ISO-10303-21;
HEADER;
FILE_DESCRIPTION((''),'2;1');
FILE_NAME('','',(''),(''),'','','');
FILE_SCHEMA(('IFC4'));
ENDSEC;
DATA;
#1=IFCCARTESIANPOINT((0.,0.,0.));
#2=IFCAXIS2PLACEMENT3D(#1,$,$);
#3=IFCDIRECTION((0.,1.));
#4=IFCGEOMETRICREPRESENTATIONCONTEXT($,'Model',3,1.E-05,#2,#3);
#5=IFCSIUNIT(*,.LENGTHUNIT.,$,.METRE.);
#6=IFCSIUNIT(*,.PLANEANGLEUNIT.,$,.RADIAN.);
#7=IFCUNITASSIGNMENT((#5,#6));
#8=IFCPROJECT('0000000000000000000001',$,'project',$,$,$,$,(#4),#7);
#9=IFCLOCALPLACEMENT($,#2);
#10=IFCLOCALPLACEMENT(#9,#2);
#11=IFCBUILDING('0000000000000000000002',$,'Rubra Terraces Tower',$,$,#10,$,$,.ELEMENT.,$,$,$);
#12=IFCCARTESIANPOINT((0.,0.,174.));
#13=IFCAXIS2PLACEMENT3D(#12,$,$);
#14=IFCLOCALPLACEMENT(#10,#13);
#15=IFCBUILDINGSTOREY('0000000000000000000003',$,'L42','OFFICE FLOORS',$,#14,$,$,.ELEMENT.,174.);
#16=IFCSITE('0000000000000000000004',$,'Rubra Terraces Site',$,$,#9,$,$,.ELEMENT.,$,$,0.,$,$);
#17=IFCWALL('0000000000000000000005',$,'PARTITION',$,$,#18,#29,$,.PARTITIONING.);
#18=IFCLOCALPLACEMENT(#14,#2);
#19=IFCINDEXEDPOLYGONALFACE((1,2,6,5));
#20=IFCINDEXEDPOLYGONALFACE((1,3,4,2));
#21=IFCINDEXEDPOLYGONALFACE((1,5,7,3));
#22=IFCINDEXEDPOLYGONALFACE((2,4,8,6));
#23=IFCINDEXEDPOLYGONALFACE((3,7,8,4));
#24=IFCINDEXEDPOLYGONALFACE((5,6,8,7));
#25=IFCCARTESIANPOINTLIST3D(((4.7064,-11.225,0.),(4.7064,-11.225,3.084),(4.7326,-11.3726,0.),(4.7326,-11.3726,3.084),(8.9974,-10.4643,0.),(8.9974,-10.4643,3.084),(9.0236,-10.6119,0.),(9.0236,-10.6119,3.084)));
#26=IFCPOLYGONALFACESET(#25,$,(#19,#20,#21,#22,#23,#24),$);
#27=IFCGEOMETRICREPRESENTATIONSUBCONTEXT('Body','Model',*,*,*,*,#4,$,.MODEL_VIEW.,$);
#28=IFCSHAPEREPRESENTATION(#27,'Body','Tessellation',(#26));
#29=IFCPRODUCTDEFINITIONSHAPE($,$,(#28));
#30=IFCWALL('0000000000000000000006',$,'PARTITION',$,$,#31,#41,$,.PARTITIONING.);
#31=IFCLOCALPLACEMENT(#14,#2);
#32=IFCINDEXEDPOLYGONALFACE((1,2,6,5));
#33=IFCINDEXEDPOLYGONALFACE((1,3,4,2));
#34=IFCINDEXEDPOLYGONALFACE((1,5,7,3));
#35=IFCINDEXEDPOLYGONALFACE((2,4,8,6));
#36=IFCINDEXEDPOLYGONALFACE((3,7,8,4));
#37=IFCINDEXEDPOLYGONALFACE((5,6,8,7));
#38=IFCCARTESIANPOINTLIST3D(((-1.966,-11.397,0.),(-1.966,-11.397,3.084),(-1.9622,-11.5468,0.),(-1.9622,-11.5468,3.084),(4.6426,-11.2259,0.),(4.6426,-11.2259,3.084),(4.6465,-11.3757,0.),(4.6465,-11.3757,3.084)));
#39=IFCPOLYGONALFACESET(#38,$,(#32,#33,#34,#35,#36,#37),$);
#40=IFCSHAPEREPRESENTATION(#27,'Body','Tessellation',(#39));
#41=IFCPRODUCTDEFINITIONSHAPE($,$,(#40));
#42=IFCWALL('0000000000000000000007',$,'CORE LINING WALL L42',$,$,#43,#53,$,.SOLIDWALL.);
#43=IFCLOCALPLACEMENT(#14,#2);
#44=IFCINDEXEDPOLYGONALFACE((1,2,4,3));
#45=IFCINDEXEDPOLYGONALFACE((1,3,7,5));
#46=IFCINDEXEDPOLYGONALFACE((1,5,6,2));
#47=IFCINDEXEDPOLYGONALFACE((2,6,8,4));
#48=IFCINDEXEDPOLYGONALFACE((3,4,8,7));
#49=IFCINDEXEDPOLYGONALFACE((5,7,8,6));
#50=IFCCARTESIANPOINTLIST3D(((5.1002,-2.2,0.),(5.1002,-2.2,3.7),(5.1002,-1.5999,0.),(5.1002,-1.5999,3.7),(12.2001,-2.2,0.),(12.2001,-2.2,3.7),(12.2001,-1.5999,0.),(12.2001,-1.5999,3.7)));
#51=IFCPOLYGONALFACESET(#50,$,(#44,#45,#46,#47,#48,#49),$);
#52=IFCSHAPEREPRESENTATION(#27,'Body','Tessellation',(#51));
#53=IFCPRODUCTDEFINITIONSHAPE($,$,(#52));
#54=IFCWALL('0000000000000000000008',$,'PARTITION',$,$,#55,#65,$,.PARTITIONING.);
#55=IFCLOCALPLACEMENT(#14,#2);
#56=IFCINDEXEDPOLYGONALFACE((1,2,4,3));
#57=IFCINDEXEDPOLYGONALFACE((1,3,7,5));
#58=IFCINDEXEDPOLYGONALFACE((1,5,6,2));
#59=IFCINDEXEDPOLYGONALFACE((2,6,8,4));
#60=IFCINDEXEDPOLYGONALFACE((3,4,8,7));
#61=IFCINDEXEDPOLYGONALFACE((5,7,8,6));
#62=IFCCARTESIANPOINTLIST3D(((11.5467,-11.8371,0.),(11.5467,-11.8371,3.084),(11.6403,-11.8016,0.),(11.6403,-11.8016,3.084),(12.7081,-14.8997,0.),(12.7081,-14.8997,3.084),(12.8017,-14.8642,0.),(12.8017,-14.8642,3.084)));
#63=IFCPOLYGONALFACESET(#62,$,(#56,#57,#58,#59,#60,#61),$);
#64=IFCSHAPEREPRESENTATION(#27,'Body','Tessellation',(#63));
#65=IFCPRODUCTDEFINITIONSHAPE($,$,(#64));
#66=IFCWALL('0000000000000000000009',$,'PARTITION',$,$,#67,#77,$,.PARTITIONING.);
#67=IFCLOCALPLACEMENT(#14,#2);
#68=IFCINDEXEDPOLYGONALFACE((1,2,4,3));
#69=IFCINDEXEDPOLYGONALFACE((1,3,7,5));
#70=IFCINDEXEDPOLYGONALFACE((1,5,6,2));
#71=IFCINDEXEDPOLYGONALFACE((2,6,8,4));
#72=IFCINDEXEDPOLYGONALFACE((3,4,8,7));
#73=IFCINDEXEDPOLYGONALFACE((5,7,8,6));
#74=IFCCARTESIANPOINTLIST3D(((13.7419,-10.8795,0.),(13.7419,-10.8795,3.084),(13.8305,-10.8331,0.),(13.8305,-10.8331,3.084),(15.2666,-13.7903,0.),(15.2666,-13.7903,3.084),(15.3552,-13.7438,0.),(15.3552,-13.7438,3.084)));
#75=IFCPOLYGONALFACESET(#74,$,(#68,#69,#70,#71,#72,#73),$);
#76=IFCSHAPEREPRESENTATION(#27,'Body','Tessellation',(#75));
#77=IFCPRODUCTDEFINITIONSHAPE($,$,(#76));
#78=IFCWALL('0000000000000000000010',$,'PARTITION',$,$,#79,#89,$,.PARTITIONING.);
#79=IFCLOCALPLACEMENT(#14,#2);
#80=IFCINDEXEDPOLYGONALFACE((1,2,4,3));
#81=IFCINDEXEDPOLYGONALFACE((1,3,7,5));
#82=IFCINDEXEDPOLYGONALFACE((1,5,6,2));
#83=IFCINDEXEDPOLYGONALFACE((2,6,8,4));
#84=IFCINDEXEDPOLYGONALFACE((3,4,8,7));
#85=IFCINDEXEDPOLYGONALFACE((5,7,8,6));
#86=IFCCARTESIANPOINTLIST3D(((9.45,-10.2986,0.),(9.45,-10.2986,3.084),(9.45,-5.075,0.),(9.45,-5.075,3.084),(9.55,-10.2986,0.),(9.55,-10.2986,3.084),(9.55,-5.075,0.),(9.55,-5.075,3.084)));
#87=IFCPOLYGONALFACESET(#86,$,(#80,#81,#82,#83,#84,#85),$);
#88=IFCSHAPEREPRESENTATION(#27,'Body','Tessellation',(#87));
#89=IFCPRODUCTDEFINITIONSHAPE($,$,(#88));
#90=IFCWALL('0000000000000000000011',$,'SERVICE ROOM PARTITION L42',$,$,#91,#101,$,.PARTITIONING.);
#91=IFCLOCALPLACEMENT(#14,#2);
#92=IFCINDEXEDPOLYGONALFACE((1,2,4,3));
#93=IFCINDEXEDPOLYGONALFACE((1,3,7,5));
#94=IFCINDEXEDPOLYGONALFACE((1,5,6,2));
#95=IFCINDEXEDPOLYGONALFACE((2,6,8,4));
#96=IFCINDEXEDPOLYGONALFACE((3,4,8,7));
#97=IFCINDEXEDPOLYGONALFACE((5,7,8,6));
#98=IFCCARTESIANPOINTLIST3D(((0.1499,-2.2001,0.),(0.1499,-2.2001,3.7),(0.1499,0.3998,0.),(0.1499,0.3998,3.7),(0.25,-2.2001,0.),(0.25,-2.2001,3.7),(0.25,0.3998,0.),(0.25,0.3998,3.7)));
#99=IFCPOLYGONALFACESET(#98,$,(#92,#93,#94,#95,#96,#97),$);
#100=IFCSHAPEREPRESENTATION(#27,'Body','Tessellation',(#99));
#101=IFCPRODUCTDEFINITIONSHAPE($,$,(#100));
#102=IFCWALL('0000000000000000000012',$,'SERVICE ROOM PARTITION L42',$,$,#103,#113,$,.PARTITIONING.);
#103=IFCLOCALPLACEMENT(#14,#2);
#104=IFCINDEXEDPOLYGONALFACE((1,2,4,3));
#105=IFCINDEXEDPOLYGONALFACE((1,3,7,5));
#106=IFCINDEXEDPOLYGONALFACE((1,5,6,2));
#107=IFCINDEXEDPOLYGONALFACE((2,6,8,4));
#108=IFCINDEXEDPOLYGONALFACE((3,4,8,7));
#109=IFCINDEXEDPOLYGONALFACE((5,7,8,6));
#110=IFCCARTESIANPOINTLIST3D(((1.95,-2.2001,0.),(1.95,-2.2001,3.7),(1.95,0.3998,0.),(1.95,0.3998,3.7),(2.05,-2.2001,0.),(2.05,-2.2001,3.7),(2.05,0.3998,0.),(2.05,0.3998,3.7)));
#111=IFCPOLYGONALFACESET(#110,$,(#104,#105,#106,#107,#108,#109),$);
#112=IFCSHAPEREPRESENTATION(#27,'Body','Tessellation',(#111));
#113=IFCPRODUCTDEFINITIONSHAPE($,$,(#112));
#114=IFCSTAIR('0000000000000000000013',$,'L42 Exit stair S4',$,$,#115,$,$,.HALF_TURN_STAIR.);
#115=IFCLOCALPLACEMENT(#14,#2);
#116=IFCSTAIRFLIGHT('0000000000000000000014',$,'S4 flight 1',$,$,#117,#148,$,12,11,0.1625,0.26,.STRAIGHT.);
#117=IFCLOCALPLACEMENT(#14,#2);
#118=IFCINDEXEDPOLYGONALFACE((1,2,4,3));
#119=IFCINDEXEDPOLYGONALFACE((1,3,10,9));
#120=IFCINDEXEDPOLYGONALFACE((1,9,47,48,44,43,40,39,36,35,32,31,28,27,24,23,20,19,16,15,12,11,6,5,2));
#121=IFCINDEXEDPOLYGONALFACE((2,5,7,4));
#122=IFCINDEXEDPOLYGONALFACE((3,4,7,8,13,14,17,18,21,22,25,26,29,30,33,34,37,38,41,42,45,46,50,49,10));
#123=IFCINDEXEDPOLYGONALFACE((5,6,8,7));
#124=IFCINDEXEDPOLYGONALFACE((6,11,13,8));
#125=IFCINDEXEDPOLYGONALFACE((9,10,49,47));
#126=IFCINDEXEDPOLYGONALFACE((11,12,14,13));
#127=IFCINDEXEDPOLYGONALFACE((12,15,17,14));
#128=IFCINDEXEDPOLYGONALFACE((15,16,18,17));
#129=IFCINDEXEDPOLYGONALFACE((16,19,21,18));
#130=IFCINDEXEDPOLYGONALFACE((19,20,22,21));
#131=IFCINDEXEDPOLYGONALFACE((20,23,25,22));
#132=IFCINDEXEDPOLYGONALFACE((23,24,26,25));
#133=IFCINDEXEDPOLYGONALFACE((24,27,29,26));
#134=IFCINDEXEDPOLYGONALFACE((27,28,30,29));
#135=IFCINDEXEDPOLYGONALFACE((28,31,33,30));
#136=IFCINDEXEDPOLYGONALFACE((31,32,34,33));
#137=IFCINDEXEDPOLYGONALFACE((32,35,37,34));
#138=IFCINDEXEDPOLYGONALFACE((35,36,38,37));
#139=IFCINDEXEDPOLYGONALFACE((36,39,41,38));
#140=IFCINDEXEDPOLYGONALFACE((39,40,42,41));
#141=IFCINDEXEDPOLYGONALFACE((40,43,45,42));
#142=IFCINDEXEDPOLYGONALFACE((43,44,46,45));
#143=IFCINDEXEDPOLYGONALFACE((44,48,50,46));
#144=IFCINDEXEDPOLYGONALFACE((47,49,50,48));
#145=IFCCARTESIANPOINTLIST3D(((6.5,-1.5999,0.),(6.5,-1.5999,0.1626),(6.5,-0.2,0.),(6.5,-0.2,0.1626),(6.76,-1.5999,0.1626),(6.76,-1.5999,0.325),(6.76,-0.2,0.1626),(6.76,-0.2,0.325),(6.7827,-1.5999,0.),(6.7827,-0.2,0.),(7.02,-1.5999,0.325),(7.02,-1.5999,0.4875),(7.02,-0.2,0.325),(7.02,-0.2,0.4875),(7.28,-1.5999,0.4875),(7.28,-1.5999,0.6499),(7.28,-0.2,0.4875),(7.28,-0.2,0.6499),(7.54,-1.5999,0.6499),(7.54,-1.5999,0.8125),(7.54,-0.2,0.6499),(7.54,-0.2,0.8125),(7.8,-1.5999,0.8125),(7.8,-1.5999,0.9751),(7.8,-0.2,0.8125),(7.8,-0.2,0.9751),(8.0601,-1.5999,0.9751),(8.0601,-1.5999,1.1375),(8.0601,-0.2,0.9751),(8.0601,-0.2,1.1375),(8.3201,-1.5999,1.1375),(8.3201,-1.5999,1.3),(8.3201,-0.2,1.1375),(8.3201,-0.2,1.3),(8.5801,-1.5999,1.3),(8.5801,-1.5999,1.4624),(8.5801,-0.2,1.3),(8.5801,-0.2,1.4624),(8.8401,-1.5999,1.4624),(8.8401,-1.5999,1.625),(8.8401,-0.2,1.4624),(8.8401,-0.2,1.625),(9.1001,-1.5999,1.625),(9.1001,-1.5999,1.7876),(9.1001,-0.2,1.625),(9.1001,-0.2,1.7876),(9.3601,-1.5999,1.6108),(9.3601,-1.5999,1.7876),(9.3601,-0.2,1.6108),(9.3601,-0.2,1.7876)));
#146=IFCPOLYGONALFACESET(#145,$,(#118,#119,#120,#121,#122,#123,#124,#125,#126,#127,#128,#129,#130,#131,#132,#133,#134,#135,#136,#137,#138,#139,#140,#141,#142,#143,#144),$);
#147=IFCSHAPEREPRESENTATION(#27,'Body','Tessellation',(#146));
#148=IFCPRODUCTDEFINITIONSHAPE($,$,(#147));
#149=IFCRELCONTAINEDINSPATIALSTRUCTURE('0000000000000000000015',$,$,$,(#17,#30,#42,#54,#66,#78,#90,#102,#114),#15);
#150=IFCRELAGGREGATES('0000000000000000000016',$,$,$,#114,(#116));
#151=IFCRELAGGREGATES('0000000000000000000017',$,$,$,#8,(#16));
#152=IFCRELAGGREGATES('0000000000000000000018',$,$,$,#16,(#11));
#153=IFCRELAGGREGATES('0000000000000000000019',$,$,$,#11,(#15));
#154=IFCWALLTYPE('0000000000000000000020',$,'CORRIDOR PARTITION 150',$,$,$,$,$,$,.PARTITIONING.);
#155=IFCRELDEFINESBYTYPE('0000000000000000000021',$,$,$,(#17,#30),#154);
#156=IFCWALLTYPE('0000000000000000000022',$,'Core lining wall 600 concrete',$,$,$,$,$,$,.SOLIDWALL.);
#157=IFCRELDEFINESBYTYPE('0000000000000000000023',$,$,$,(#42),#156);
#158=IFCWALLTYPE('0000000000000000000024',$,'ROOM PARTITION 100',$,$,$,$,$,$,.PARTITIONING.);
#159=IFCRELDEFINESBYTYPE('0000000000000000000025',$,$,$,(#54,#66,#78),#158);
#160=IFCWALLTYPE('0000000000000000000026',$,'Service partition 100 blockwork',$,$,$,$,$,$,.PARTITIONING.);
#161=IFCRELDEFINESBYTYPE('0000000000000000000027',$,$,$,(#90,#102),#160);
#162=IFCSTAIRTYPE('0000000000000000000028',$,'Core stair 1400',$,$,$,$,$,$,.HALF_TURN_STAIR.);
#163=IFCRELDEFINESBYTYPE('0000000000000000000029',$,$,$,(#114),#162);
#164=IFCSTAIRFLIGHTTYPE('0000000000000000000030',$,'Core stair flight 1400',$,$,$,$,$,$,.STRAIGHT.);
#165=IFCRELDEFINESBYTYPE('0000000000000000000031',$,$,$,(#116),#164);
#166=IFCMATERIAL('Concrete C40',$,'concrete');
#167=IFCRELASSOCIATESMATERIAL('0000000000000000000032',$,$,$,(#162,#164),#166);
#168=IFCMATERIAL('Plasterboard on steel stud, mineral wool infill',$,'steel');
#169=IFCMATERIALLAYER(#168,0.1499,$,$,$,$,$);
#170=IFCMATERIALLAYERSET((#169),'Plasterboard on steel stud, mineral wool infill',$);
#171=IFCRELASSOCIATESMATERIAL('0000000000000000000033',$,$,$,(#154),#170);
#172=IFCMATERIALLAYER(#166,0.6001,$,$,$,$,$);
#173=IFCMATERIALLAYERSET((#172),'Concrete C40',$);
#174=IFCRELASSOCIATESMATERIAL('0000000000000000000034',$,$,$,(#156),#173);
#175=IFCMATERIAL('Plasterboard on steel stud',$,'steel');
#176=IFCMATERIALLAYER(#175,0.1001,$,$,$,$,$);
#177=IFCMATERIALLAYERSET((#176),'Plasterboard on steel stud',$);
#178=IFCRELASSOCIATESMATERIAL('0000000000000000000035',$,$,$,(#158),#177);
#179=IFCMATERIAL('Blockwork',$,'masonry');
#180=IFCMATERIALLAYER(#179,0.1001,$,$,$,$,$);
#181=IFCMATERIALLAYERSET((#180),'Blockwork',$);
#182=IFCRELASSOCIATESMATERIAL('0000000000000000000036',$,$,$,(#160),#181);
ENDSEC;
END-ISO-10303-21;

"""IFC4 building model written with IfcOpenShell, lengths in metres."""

from ifc_helpers import new_model, si_unit, direction, frame, frame_2d, origin, place, context, subcontext, project, spatial, polyline, rectangle, outline, extrude, material, layer, layer_set, type_object, element, aggregate, save


model = new_model("IFC4")

# Units and contexts
model_context = context("Model", 3, precision=1e-05, world=origin(), true_north=direction((0.0, 1.0)))
body_context = subcontext(model_context, "Body", "Model", "MODEL_VIEW")
ifc_project = project(units=[si_unit("LENGTHUNIT", "METRE"), si_unit("PLANEANGLEUNIT", "RADIAN")], contexts=[model_context])

# Site, building, storey
site_placement = place(None, origin())
site = spatial("IfcSite", under=ifc_project, at=site_placement, Name="Rubra Terraces Site", CompositionType="ELEMENT", RefElevation=0.0)
building_placement = place(site_placement, origin())
building = spatial("IfcBuilding", under=site, at=building_placement, Name="Rubra Terraces Tower", CompositionType="ELEMENT")
storey_placement = place(building_placement, frame((0.0, 0.0, 174.0)))
storey = spatial("IfcBuildingStorey", under=building, at=storey_placement, Name="L42", Description="OFFICE FLOORS", CompositionType="ELEMENT", Elevation=174.0)

# Shared definitions
ifc_material_1 = material(Name="Concrete C40", Category="concrete")
stair_type = type_object("IfcStairType", Name="Core stair 1400", PredefinedType="HALF_TURN_STAIR", material=ifc_material_1)

# Shared definitions
ifc_material_2 = material(Name="Plasterboard on steel stud, mineral wool infill", Category="steel")
ifc_layer_1 = layer(ifc_material_2, 0.1499)
ifc_layer_set_1 = layer_set([ifc_layer_1], Name="Plasterboard on steel stud, mineral wool infill")
wall_type_1 = type_object("IfcWallType", Name="CORRIDOR PARTITION 150", PredefinedType="PARTITIONING", material=ifc_layer_set_1)

# Walls
wall_1_placement = place(storey_placement, frame((9.0105, -10.5381, 0.0), z_axis=(0.0, 0.0, 1.0), x_axis=(-0.984646, -0.174565, 0.0)))
element("IfcWall", 1, at=wall_1_placement, inside=storey, type_object=wall_type_1, Name="PARTITION", PredefinedType="PARTITIONING", context=body_context, shape_type="SweptSolid", body=[
    extrude(rectangle(XDim=4.3579, YDim=0.1499, at=frame_2d((2.179, 0.0))), origin(), (0.0, 0.0, 1.0), 3.084),
])
wall_2_placement = place(storey_placement, frame((4.6445, -11.3008, 0.0), z_axis=(0.0, 0.0, 1.0), x_axis=(-0.999665, -0.025888, 0.0)))
element("IfcWall", 2, at=wall_2_placement, inside=storey, type_object=wall_type_1, Name="PARTITION", PredefinedType="PARTITIONING", context=body_context, shape_type="SweptSolid", body=[
    extrude(rectangle(XDim=6.6108, YDim=0.1499, at=frame_2d((3.3054, 0.0))), origin(), (0.0, 0.0, 1.0), 3.084),
])
ifc_layer_2 = layer(ifc_material_1, 0.6001)
ifc_layer_set_2 = layer_set([ifc_layer_2], Name="Concrete C40")
wall_type_2 = type_object("IfcWallType", Name="Core lining wall 600 concrete", PredefinedType="SOLIDWALL", material=ifc_layer_set_2)
wall_3_placement = place(storey_placement, frame((12.2, -1.8999, 0.0), z_axis=(0.0, 0.0, 1.0), x_axis=(-1.0, 0.0, 0.0)))
element("IfcWall", 3, at=wall_3_placement, inside=storey, type_object=wall_type_2, Name="CORE LINING WALL L42", PredefinedType="SOLIDWALL", context=body_context, shape_type="SweptSolid", body=[
    extrude(rectangle(XDim=7.0999, YDim=0.6001, at=frame_2d((3.5498, 0.0))), origin(), (0.0, 0.0, 1.0), 3.7),
])
ifc_material_3 = material(Name="Plasterboard on steel stud", Category="steel")
ifc_layer_3 = layer(ifc_material_3, 0.1001)
ifc_layer_set_3 = layer_set([ifc_layer_3], Name="Plasterboard on steel stud")
wall_type_3 = type_object("IfcWallType", Name="ROOM PARTITION 100", PredefinedType="PARTITIONING", material=ifc_layer_set_3)
wall_4_placement = place(storey_placement, frame((11.5935, -11.8193, 0.0), z_axis=(0.0, 0.0, 1.0), x_axis=(0.354585, -0.935024, 0.0)))
element("IfcWall", 4, at=wall_4_placement, inside=storey, type_object=wall_type_3, Name="PARTITION", PredefinedType="PARTITIONING", context=body_context, shape_type="SweptSolid", body=[
    extrude(rectangle(XDim=3.2754, YDim=0.1001, at=frame_2d((1.6377, 0.0))), origin(), (0.0, 0.0, 1.0), 3.084),
])
wall_5_placement = place(storey_placement, frame((13.7861, -10.8562, 0.0), z_axis=(0.0, 0.0, 1.0), x_axis=(0.464015, -0.885827, 0.0)))
element("IfcWall", 5, at=wall_5_placement, inside=storey, type_object=wall_type_3, Name="PARTITION", PredefinedType="PARTITIONING", context=body_context, shape_type="SweptSolid", body=[
    extrude(rectangle(XDim=3.2859, YDim=0.1001, at=frame_2d((1.6431, 0.0))), origin(), (0.0, 0.0, 1.0), 3.084),
])
wall_6_placement = place(storey_placement, frame((9.5, -10.2986, 0.0), z_axis=(0.0, 0.0, 1.0), x_axis=(0.0, 1.0, 0.0)))
element("IfcWall", 6, at=wall_6_placement, inside=storey, type_object=wall_type_3, Name="PARTITION", PredefinedType="PARTITIONING", context=body_context, shape_type="SweptSolid", body=[
    extrude(rectangle(XDim=5.2236, YDim=0.1001, at=frame_2d((2.6118, 0.0))), origin(), (0.0, 0.0, 1.0), 3.084),
])
ifc_material_4 = material(Name="Blockwork", Category="masonry")
ifc_layer_4 = layer(ifc_material_4, 0.1001)
ifc_layer_set_4 = layer_set([ifc_layer_4], Name="Blockwork")
wall_type_4 = type_object("IfcWallType", Name="Service partition 100 blockwork", PredefinedType="PARTITIONING", material=ifc_layer_set_4)
for number, where, z_axis, x_axis, name in (
    (7, (0.2, -2.2, 0.0), (0.0, 0.0, 1.0), (0.0, 1.0, 0.0), "SERVICE ROOM PARTITION L42"),
    (8, (2.0, -2.2, 0.0), (0.0, 0.0, 1.0), (0.0, 1.0, 0.0), "SERVICE ROOM PARTITION L42"),
):
    element("IfcWall", number, at=place(storey_placement, frame(where, z_axis=z_axis, x_axis=x_axis)), inside=storey, type_object=wall_type_4, Name=name, PredefinedType="PARTITIONING", context=body_context, shape_type="SweptSolid", body=[
        extrude(rectangle(XDim=2.5999, YDim=0.1001, at=frame_2d((1.2998, 0.0))), origin(), (0.0, 0.0, 1.0), 3.7),
    ])

# Stair, stair flight
stair_1_placement = place(storey_placement, origin())
stair_1 = element("IfcStair", 9, at=stair_1_placement, inside=storey, type_object=stair_type, Name="L42 Exit stair S4", PredefinedType="HALF_TURN_STAIR")
stair_flight_type = type_object("IfcStairFlightType", Name="Core stair flight 1400", PredefinedType="STRAIGHT", material=ifc_material_1)
stair_flight_placement = place(storey_placement, frame((6.5, -0.8999, 0.0), z_axis=(0.0, 0.0, 1.0), x_axis=(1.0, 0.0, 0.0)))
stair_flight = element("IfcStairFlight", 10, at=stair_flight_placement, type_object=stair_flight_type, Name="S4 flight 1", NumberOfRisers=12, NumberOfTreads=11, PredefinedType="STRAIGHT", RiserHeight=0.1625, TreadLength=0.26, context=body_context, shape_type="SweptSolid", body=[
    extrude(outline(polyline([(0.0, 0.0), (0.0, 0.1626), (0.26, 0.1626), (0.26, 0.325), (0.52, 0.325), (0.52, 0.4875), (0.78, 0.4875), (0.78, 0.6499), (1.04, 0.6499), (1.04, 0.8125), (1.3, 0.8125), (1.3, 0.9751), (1.5601, 0.9751), (1.5601, 1.1375), (1.8201, 1.1375), (1.8201, 1.3), (2.0801, 1.3), (2.0801, 1.4624), (2.3401, 1.4624), (2.3401, 1.625), (2.6001, 1.625), (2.6001, 1.7876), (2.8601, 1.7876), (2.8601, 1.95), (2.8601, 1.6108), (0.2827, 0.0), (0.0, 0.0)])), frame((0.0, 0.7, 0.0), z_axis=(0.0, -1.0, 0.0), x_axis=(1.0, 0.0, 0.0)), (0.0, 0.0, 1.0), 1.3999),
])
aggregate(stair_1, [stair_flight])

save(model, "model.ifc")
